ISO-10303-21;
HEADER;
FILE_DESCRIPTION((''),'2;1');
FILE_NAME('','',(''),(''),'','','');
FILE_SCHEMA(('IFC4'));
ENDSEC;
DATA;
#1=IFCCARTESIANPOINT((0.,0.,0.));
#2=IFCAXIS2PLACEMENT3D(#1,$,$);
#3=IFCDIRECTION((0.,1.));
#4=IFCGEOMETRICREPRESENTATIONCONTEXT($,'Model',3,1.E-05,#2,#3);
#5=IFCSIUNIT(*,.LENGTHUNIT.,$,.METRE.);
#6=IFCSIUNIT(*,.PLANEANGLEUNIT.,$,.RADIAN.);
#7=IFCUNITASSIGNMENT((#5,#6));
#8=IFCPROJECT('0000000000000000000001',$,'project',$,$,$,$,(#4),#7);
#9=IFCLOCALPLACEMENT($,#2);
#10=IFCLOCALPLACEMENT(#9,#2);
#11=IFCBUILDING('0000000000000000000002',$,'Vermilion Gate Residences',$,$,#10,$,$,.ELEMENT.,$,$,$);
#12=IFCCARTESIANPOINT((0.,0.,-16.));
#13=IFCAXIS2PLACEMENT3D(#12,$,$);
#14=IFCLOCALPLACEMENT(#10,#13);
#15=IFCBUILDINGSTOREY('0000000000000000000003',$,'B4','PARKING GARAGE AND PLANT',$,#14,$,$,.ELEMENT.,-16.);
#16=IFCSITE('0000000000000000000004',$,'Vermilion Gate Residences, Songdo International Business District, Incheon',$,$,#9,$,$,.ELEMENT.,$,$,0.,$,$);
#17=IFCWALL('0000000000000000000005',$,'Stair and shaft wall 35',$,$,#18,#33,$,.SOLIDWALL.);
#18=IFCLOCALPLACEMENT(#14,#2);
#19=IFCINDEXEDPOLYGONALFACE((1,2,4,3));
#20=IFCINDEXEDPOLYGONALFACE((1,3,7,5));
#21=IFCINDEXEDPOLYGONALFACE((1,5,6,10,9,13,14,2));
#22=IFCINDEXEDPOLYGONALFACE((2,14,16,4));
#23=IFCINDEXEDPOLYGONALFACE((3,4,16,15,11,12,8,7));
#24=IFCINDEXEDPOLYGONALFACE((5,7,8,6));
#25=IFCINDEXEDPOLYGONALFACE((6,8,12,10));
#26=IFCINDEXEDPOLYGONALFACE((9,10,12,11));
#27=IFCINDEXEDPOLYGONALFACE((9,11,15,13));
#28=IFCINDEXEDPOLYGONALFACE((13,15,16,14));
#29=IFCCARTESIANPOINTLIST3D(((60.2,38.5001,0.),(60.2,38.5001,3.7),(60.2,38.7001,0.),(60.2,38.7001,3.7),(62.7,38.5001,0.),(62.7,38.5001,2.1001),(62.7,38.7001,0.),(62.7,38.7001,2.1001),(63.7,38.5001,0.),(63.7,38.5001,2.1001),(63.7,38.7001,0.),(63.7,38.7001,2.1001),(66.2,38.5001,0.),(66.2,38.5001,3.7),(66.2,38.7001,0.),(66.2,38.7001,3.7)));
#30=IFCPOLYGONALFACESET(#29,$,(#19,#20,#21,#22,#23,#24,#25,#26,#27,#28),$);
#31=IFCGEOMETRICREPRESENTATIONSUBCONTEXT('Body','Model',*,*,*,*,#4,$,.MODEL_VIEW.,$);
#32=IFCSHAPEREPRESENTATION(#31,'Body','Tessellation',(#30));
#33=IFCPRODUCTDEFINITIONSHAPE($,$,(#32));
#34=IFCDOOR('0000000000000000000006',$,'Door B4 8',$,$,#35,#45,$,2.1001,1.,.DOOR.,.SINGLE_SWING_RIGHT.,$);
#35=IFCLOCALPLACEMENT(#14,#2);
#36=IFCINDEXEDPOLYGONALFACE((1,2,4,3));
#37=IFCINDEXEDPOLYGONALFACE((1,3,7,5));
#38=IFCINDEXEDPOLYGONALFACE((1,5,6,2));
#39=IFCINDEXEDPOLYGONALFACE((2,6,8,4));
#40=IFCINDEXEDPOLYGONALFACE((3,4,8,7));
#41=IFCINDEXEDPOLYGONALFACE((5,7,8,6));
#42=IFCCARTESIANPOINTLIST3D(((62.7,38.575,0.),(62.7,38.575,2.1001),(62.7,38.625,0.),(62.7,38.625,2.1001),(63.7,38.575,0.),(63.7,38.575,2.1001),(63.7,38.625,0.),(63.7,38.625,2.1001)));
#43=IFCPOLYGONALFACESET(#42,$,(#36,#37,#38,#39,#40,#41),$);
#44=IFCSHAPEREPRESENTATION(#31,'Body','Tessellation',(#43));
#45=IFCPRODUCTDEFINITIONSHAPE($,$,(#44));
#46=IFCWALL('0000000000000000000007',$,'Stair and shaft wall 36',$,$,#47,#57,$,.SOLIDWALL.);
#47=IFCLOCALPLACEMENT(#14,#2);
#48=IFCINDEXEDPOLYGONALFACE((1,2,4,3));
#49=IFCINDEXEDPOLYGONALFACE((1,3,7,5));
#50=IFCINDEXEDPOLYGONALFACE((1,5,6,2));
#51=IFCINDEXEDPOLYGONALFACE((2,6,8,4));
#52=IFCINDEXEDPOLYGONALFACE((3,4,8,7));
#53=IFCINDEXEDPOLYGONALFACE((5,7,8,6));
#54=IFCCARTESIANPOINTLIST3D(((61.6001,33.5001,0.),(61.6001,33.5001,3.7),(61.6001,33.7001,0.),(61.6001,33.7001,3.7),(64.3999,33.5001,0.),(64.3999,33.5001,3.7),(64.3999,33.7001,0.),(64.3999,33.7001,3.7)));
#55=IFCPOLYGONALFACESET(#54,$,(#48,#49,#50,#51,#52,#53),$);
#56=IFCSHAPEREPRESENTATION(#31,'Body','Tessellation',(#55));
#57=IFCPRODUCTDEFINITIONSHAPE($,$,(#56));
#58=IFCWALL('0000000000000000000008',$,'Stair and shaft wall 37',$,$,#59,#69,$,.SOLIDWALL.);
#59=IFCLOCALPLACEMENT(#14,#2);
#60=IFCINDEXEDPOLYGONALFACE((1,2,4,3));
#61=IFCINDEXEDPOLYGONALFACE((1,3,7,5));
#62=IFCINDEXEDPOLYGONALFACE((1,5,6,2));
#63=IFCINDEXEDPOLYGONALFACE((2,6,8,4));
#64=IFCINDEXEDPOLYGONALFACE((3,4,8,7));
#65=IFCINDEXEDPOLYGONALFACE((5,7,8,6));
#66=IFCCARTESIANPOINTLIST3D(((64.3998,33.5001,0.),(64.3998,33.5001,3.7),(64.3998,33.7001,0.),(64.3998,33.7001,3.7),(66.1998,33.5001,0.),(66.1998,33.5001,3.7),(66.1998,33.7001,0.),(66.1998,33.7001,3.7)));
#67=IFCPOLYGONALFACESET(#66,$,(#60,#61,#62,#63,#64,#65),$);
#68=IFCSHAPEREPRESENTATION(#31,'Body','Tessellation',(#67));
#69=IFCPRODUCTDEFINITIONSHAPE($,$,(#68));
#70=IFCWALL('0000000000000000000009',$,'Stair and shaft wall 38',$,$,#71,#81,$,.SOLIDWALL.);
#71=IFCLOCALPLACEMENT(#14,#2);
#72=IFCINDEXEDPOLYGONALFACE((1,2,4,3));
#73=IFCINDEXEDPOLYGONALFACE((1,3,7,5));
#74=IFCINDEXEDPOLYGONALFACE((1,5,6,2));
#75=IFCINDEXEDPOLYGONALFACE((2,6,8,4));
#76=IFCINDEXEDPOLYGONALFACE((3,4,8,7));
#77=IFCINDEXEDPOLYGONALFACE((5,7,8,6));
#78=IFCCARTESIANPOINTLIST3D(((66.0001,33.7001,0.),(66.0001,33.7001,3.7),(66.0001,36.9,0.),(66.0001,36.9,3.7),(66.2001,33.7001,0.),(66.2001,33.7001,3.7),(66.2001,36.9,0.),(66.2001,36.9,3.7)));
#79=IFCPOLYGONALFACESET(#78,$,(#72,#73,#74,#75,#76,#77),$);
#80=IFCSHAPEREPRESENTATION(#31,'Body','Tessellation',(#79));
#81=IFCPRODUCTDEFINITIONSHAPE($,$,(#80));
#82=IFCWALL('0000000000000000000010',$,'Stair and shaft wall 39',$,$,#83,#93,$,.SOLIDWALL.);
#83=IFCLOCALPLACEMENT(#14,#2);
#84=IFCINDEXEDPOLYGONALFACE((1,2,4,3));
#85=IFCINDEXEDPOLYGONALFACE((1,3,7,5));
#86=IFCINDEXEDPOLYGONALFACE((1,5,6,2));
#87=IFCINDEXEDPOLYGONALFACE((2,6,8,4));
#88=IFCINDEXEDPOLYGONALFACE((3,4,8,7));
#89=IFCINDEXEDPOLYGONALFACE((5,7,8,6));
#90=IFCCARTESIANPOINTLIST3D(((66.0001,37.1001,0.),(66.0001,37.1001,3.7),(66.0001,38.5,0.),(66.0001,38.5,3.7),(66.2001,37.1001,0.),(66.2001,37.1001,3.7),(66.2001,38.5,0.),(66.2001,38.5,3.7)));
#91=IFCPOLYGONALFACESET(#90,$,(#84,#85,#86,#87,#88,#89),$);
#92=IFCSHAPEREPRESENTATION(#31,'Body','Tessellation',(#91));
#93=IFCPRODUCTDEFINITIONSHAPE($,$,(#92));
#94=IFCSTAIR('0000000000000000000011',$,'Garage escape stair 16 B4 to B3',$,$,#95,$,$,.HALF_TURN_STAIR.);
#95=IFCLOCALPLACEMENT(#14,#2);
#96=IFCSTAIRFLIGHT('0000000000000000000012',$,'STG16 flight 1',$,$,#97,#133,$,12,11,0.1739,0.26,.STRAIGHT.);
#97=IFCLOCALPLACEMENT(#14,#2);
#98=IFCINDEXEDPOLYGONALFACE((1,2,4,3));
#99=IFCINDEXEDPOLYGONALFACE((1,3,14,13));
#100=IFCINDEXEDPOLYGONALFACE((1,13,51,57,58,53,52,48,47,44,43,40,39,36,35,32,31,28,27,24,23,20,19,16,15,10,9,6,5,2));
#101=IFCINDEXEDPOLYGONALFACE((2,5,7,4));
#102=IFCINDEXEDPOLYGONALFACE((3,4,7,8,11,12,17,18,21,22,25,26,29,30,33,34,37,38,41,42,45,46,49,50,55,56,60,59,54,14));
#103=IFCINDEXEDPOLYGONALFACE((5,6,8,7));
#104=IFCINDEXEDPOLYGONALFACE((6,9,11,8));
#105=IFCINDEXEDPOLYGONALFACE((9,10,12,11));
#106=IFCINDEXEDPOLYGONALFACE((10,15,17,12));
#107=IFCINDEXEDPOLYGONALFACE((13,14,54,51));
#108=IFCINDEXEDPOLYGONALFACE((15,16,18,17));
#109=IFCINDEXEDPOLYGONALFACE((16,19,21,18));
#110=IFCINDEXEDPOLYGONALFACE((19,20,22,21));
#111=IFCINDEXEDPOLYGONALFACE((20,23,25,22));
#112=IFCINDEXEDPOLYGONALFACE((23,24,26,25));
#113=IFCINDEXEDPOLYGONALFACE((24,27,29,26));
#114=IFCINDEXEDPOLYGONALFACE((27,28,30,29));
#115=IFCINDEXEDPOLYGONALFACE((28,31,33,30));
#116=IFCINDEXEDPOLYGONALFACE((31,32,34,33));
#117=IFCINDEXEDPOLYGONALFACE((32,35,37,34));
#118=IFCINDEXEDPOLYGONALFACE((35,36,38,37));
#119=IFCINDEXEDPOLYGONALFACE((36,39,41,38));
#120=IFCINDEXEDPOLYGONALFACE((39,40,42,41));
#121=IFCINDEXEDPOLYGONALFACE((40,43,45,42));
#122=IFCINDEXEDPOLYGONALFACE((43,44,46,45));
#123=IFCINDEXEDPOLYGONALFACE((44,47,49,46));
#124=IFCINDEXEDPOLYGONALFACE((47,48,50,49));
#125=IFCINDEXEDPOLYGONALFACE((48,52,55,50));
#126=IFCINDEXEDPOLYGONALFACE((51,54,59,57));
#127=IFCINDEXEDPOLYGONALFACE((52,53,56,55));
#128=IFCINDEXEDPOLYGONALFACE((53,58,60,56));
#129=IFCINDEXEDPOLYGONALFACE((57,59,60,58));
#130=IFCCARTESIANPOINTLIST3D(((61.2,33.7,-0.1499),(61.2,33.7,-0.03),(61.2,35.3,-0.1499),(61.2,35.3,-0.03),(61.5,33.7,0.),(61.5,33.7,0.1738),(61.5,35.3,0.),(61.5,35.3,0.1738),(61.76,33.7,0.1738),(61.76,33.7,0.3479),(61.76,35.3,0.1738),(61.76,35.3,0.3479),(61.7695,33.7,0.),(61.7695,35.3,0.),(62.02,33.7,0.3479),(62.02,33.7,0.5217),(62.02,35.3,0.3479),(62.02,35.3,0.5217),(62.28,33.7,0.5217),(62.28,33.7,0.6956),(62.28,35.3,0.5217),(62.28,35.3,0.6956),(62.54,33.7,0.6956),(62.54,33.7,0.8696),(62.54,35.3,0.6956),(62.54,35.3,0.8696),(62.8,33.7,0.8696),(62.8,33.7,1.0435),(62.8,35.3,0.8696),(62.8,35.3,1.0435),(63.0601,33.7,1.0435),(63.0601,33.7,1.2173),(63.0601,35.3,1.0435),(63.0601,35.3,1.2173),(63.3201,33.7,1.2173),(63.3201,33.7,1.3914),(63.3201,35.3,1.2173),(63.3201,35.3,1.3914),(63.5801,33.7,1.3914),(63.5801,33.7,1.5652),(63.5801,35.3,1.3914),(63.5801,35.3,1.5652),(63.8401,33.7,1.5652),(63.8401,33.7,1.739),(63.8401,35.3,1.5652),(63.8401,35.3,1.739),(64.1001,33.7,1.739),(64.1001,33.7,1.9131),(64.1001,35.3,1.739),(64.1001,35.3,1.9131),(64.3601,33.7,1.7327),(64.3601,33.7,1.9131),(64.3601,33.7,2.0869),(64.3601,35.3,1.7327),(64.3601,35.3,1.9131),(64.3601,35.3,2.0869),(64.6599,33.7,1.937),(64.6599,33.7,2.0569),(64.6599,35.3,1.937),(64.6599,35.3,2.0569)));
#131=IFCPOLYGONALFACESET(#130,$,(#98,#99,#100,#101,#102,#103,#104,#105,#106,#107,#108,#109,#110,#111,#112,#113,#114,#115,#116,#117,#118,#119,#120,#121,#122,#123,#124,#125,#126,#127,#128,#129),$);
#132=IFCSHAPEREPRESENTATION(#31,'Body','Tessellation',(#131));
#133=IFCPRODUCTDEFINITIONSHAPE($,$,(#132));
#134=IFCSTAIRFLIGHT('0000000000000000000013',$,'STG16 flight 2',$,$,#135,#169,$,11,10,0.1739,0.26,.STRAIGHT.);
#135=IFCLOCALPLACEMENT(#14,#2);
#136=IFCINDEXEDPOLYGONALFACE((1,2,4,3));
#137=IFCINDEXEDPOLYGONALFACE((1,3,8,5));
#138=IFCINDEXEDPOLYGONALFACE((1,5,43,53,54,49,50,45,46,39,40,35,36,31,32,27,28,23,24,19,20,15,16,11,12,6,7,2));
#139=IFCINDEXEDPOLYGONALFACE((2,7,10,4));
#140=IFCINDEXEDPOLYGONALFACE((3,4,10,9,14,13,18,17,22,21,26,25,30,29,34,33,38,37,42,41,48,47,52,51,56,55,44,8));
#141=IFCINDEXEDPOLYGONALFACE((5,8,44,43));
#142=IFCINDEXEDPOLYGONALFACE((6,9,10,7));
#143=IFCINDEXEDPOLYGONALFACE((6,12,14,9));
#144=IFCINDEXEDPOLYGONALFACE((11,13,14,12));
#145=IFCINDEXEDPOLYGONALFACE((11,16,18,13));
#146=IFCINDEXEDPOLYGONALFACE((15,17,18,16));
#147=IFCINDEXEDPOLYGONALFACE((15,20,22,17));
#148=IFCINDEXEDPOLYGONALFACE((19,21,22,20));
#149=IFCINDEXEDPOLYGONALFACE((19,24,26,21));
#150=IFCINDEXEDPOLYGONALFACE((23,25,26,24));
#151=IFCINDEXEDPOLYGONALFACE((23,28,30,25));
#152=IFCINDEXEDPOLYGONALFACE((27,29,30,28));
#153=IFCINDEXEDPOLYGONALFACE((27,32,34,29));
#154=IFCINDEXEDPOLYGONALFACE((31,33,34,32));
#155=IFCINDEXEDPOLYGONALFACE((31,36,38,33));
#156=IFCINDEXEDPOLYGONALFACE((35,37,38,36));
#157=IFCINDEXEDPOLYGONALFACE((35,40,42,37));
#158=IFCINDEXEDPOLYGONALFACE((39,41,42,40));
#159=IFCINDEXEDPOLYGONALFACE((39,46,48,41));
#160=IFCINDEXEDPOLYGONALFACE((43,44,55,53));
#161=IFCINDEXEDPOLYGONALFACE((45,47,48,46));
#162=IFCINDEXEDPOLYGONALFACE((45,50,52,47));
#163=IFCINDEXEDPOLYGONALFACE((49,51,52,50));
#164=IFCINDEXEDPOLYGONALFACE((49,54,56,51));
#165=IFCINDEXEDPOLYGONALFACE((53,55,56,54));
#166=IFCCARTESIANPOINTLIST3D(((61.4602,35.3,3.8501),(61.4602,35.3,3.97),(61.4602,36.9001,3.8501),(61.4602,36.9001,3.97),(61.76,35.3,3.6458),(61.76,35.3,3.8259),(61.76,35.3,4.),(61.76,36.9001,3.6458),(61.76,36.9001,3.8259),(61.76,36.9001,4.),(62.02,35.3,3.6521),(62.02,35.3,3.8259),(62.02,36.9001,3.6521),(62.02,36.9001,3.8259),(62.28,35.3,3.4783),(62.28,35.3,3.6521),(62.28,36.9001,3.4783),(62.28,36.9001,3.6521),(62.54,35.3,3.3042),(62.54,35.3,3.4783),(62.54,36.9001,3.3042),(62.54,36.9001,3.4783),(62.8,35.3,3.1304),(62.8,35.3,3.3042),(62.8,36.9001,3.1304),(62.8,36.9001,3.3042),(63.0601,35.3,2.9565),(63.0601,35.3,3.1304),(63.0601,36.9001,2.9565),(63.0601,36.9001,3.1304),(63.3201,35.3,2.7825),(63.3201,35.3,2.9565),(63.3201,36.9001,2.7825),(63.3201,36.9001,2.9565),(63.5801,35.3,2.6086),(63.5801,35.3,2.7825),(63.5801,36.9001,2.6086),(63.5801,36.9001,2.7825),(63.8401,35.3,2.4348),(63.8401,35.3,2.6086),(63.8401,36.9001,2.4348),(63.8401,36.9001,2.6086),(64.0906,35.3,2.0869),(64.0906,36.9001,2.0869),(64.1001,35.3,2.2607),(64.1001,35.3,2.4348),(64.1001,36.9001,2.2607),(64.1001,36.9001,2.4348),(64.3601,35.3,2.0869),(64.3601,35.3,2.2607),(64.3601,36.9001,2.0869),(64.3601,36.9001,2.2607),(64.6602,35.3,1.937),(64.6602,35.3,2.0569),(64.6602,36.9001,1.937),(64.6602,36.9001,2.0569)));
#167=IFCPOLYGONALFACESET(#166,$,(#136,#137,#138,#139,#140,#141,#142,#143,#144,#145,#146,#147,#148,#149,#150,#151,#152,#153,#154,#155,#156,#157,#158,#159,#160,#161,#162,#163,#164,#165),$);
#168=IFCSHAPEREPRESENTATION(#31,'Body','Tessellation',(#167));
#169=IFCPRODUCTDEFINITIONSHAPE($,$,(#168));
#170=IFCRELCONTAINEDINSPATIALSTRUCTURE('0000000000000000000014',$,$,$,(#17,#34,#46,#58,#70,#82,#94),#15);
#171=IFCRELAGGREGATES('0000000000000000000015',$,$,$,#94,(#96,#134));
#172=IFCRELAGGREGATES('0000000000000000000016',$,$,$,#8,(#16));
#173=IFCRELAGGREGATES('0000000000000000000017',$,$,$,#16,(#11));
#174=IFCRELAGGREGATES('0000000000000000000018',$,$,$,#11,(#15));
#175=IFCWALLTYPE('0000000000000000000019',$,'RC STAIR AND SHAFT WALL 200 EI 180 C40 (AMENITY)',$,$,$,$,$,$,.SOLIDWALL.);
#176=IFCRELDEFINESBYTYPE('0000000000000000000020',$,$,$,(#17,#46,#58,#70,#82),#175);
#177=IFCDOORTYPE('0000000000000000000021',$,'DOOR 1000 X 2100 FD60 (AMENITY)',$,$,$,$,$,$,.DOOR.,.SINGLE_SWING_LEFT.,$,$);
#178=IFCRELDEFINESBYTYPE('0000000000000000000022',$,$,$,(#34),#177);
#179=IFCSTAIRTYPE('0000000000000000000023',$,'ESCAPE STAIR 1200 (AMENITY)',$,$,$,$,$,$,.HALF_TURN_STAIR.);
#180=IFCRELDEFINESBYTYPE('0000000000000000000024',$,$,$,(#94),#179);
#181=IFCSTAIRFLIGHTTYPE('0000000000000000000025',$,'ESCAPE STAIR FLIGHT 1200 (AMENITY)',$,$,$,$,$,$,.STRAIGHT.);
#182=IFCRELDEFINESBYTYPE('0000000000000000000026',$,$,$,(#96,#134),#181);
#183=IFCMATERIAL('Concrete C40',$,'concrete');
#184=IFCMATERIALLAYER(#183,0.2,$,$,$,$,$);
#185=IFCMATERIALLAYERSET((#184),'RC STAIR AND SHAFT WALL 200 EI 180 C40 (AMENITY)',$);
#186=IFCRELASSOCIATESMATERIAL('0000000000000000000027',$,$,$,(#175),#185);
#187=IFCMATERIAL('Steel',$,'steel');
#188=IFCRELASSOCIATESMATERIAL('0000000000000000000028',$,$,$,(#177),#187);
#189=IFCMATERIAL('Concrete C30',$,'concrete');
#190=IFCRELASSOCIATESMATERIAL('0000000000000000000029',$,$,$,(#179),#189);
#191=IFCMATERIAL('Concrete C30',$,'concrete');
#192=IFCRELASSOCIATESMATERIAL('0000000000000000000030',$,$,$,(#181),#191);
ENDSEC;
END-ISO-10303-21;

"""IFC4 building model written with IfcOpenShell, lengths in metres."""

from ifc_helpers import new_model, si_unit, direction, frame, frame_2d, origin, place, context, subcontext, project, spatial, polyline, rectangle, outline, extrude, material, layer, layer_set, type_object, element, fill, aggregate, save


model = new_model("IFC4")

# Units and contexts
model_context = context("Model", 3, precision=1e-05, world=origin(), true_north=direction((0.0, 1.0)))
body_context = subcontext(model_context, "Body", "Model", "MODEL_VIEW")
ifc_project = project(units=[si_unit("LENGTHUNIT", "METRE"), si_unit("PLANEANGLEUNIT", "RADIAN")], contexts=[model_context])

# Site, building, storey
site_placement = place(None, origin())
site = spatial("IfcSite", under=ifc_project, at=site_placement, Name="Vermilion Gate Residences, Songdo International Business District, Incheon", CompositionType="ELEMENT", RefElevation=0.0)
building_placement = place(site_placement, origin())
building = spatial("IfcBuilding", under=site, at=building_placement, Name="Vermilion Gate Residences", CompositionType="ELEMENT")
storey_placement = place(building_placement, frame((0.0, 0.0, -16.0)))
storey = spatial("IfcBuildingStorey", under=building, at=storey_placement, Name="B4", Description="PARKING GARAGE AND PLANT", CompositionType="ELEMENT", Elevation=-16.0)

# Shared definitions
ifc_material_1 = material(Name="Concrete C40", Category="concrete")
ifc_layer = layer(ifc_material_1, 0.2)
ifc_layer_set = layer_set([ifc_layer], Name="RC STAIR AND SHAFT WALL 200 EI 180 C40 (AMENITY)")
wall_type = type_object("IfcWallType", Name="RC STAIR AND SHAFT WALL 200 EI 180 C40 (AMENITY)", PredefinedType="SOLIDWALL", material=ifc_layer_set)

# Wall, opening, door
ifc_material_2 = material(Name="Steel", Category="steel")
door_type = type_object("IfcDoorType", Name="DOOR 1000 X 2100 FD60 (AMENITY)", OperationType="SINGLE_SWING_LEFT", PredefinedType="DOOR", material=ifc_material_2)
wall_1_placement = place(storey_placement, frame((60.2, 38.6001, 0.0), z_axis=(0.0, 0.0, 1.0), x_axis=(1.0, 0.0, 0.0)))
wall_1 = element("IfcWall", 1, at=wall_1_placement, inside=storey, type_object=wall_type, Name="Stair and shaft wall 35", PredefinedType="SOLIDWALL", context=body_context, shape_type="SweptSolid", body=[
    extrude(rectangle(XDim=6.0, YDim=0.2, at=frame_2d((3.0, 0.0))), origin(), (0.0, 0.0, 1.0), 3.7),
])
opening_1_placement = place(wall_1_placement, frame((2.5, 0.0, 0.0)))
opening_1 = element("IfcOpeningElement", 2, at=opening_1_placement, cuts=wall_1, PredefinedType="OPENING", context=body_context, shape_type="SweptSolid", body=[
    extrude(rectangle(XDim=1.0, YDim=2.1001, at=frame_2d((0.5, 1.05))), frame((0.0, 0.1099, 0.0), z_axis=(0.0, -1.0, 0.0), x_axis=(1.0, 0.0, 0.0)), (0.0, 0.0, 1.0), 0.22),
])
door_1_placement = place(opening_1_placement, origin())
door_1 = element("IfcDoor", 3, at=door_1_placement, inside=storey, type_object=door_type, Name="Door B4 8", OperationType="SINGLE_SWING_RIGHT", OverallHeight=2.1001, OverallWidth=1.0, PredefinedType="DOOR", context=body_context, shape_type="SweptSolid", body=[
    extrude(rectangle(XDim=1.0, YDim=2.1001, at=frame_2d((0.5, 1.05))), frame((0.0, 0.0249, 0.0), z_axis=(0.0, -1.0, 0.0), x_axis=(1.0, 0.0, 0.0)), (0.0, 0.0, 1.0), 0.05),
])
fill(opening_1, door_1)

# Walls
wall_2_placement = place(storey_placement, frame((61.6001, 33.6001, 0.0), z_axis=(0.0, 0.0, 1.0), x_axis=(1.0, 0.0, 0.0)))
element("IfcWall", 4, at=wall_2_placement, inside=storey, type_object=wall_type, Name="Stair and shaft wall 36", PredefinedType="SOLIDWALL", context=body_context, shape_type="SweptSolid", body=[
    extrude(rectangle(XDim=2.7998, YDim=0.2, at=frame_2d((1.3999, 0.0))), origin(), (0.0, 0.0, 1.0), 3.7),
])
wall_3_placement = place(storey_placement, frame((64.3999, 33.6001, 0.0), z_axis=(0.0, 0.0, 1.0), x_axis=(1.0, 0.0, 0.0)))
element("IfcWall", 5, at=wall_3_placement, inside=storey, type_object=wall_type, Name="Stair and shaft wall 37", PredefinedType="SOLIDWALL", context=body_context, shape_type="SweptSolid", body=[
    extrude(rectangle(XDim=1.8, YDim=0.2, at=frame_2d((0.8999, 0.0))), origin(), (0.0, 0.0, 1.0), 3.7),
])
wall_4_placement = place(storey_placement, frame((66.1001, 33.7, 0.0), z_axis=(0.0, 0.0, 1.0), x_axis=(0.0, 1.0, 0.0)))
element("IfcWall", 6, at=wall_4_placement, inside=storey, type_object=wall_type, Name="Stair and shaft wall 38", PredefinedType="SOLIDWALL", context=body_context, shape_type="SweptSolid", body=[
    extrude(rectangle(XDim=3.2, YDim=0.2, at=frame_2d((1.6001, 0.0))), origin(), (0.0, 0.0, 1.0), 3.7),
])
wall_5_placement = place(storey_placement, frame((66.1001, 37.1001, 0.0), z_axis=(0.0, 0.0, 1.0), x_axis=(0.0, 1.0, 0.0)))
element("IfcWall", 7, at=wall_5_placement, inside=storey, type_object=wall_type, Name="Stair and shaft wall 39", PredefinedType="SOLIDWALL", context=body_context, shape_type="SweptSolid", body=[
    extrude(rectangle(XDim=1.3999, YDim=0.2, at=frame_2d((0.7, 0.0))), origin(), (0.0, 0.0, 1.0), 3.7),
])

# Stair, stair flights
ifc_material_3 = material(Name="Concrete C30", Category="concrete")
stair_type = type_object("IfcStairType", Name="ESCAPE STAIR 1200 (AMENITY)", PredefinedType="HALF_TURN_STAIR", material=ifc_material_3)
stair_placement = place(storey_placement, origin())
stair = element("IfcStair", 8, at=stair_placement, inside=storey, type_object=stair_type, Name="Garage escape stair 16 B4 to B3", PredefinedType="HALF_TURN_STAIR")
ifc_material_4 = material(Name="Concrete C30", Category="concrete")
stair_flight_type = type_object("IfcStairFlightType", Name="ESCAPE STAIR FLIGHT 1200 (AMENITY)", PredefinedType="STRAIGHT", material=ifc_material_4)
stair_flight_1_placement = place(storey_placement, frame((61.5, 34.5, 0.0), z_axis=(0.0, 0.0, 1.0), x_axis=(1.0, 0.0, 0.0)))
stair_flight_1 = element("IfcStairFlight", 9, at=stair_flight_1_placement, type_object=stair_flight_type, Name="STG16 flight 1", NumberOfRisers=12, NumberOfTreads=11, PredefinedType="STRAIGHT", RiserHeight=0.1739, TreadLength=0.26, context=body_context, shape_type="SweptSolid", body=[
    extrude(outline(polyline([(-0.3, -0.1499), (-0.3, -0.03), (0.0, 0.0), (0.0, 0.1738), (0.26, 0.1738), (0.26, 0.3479), (0.52, 0.3479), (0.52, 0.5217), (0.78, 0.5217), (0.78, 0.6956), (1.04, 0.6956), (1.04, 0.8696), (1.3, 0.8696), (1.3, 1.0435), (1.5601, 1.0435), (1.5601, 1.2173), (1.8201, 1.2173), (1.8201, 1.3914), (2.0801, 1.3914), (2.0801, 1.5652), (2.3401, 1.5652), (2.3401, 1.739), (2.6001, 1.739), (2.6001, 1.9131), (2.8601, 1.9131), (2.8601, 2.0869), (3.1599, 2.0569), (3.1599, 1.937), (2.8601, 1.7327), (0.2695, 0.0), (-0.3, -0.1499)])), frame((0.0, 0.8, 0.0), z_axis=(0.0, -1.0, 0.0), x_axis=(1.0, 0.0, 0.0)), (0.0, 0.0, 1.0), 1.6001),
])
stair_flight_2_placement = place(storey_placement, frame((64.3601, 36.1001, 2.0869), z_axis=(0.0, 0.0, 1.0), x_axis=(-1.0, 0.0, 0.0)))
stair_flight_2 = element("IfcStairFlight", 10, at=stair_flight_2_placement, type_object=stair_flight_type, Name="STG16 flight 2", NumberOfRisers=11, NumberOfTreads=10, PredefinedType="STRAIGHT", RiserHeight=0.1739, TreadLength=0.26, context=body_context, shape_type="SweptSolid", body=[
    extrude(outline(polyline([(-0.3, -0.1499), (-0.3, -0.03), (0.0, 0.0), (0.0, 0.1738), (0.26, 0.1738), (0.26, 0.3479), (0.52, 0.3479), (0.52, 0.5217), (0.78, 0.5217), (0.78, 0.6956), (1.04, 0.6956), (1.04, 0.8696), (1.3, 0.8696), (1.3, 1.0435), (1.5601, 1.0435), (1.5601, 1.2173), (1.8201, 1.2173), (1.8201, 1.3914), (2.0801, 1.3914), (2.0801, 1.5652), (2.3401, 1.5652), (2.3401, 1.739), (2.6001, 1.739), (2.6001, 1.9131), (2.8999, 1.8831), (2.8999, 1.7632), (2.6001, 1.5588), (0.2695, 0.0), (-0.3, -0.1499)])), frame((0.0, 0.8, 0.0), z_axis=(0.0, -1.0, 0.0), x_axis=(1.0, 0.0, 0.0)), (0.0, 0.0, 1.0), 1.6001),
])
aggregate(stair, [stair_flight_1, stair_flight_2])

save(model, "model.ifc")
